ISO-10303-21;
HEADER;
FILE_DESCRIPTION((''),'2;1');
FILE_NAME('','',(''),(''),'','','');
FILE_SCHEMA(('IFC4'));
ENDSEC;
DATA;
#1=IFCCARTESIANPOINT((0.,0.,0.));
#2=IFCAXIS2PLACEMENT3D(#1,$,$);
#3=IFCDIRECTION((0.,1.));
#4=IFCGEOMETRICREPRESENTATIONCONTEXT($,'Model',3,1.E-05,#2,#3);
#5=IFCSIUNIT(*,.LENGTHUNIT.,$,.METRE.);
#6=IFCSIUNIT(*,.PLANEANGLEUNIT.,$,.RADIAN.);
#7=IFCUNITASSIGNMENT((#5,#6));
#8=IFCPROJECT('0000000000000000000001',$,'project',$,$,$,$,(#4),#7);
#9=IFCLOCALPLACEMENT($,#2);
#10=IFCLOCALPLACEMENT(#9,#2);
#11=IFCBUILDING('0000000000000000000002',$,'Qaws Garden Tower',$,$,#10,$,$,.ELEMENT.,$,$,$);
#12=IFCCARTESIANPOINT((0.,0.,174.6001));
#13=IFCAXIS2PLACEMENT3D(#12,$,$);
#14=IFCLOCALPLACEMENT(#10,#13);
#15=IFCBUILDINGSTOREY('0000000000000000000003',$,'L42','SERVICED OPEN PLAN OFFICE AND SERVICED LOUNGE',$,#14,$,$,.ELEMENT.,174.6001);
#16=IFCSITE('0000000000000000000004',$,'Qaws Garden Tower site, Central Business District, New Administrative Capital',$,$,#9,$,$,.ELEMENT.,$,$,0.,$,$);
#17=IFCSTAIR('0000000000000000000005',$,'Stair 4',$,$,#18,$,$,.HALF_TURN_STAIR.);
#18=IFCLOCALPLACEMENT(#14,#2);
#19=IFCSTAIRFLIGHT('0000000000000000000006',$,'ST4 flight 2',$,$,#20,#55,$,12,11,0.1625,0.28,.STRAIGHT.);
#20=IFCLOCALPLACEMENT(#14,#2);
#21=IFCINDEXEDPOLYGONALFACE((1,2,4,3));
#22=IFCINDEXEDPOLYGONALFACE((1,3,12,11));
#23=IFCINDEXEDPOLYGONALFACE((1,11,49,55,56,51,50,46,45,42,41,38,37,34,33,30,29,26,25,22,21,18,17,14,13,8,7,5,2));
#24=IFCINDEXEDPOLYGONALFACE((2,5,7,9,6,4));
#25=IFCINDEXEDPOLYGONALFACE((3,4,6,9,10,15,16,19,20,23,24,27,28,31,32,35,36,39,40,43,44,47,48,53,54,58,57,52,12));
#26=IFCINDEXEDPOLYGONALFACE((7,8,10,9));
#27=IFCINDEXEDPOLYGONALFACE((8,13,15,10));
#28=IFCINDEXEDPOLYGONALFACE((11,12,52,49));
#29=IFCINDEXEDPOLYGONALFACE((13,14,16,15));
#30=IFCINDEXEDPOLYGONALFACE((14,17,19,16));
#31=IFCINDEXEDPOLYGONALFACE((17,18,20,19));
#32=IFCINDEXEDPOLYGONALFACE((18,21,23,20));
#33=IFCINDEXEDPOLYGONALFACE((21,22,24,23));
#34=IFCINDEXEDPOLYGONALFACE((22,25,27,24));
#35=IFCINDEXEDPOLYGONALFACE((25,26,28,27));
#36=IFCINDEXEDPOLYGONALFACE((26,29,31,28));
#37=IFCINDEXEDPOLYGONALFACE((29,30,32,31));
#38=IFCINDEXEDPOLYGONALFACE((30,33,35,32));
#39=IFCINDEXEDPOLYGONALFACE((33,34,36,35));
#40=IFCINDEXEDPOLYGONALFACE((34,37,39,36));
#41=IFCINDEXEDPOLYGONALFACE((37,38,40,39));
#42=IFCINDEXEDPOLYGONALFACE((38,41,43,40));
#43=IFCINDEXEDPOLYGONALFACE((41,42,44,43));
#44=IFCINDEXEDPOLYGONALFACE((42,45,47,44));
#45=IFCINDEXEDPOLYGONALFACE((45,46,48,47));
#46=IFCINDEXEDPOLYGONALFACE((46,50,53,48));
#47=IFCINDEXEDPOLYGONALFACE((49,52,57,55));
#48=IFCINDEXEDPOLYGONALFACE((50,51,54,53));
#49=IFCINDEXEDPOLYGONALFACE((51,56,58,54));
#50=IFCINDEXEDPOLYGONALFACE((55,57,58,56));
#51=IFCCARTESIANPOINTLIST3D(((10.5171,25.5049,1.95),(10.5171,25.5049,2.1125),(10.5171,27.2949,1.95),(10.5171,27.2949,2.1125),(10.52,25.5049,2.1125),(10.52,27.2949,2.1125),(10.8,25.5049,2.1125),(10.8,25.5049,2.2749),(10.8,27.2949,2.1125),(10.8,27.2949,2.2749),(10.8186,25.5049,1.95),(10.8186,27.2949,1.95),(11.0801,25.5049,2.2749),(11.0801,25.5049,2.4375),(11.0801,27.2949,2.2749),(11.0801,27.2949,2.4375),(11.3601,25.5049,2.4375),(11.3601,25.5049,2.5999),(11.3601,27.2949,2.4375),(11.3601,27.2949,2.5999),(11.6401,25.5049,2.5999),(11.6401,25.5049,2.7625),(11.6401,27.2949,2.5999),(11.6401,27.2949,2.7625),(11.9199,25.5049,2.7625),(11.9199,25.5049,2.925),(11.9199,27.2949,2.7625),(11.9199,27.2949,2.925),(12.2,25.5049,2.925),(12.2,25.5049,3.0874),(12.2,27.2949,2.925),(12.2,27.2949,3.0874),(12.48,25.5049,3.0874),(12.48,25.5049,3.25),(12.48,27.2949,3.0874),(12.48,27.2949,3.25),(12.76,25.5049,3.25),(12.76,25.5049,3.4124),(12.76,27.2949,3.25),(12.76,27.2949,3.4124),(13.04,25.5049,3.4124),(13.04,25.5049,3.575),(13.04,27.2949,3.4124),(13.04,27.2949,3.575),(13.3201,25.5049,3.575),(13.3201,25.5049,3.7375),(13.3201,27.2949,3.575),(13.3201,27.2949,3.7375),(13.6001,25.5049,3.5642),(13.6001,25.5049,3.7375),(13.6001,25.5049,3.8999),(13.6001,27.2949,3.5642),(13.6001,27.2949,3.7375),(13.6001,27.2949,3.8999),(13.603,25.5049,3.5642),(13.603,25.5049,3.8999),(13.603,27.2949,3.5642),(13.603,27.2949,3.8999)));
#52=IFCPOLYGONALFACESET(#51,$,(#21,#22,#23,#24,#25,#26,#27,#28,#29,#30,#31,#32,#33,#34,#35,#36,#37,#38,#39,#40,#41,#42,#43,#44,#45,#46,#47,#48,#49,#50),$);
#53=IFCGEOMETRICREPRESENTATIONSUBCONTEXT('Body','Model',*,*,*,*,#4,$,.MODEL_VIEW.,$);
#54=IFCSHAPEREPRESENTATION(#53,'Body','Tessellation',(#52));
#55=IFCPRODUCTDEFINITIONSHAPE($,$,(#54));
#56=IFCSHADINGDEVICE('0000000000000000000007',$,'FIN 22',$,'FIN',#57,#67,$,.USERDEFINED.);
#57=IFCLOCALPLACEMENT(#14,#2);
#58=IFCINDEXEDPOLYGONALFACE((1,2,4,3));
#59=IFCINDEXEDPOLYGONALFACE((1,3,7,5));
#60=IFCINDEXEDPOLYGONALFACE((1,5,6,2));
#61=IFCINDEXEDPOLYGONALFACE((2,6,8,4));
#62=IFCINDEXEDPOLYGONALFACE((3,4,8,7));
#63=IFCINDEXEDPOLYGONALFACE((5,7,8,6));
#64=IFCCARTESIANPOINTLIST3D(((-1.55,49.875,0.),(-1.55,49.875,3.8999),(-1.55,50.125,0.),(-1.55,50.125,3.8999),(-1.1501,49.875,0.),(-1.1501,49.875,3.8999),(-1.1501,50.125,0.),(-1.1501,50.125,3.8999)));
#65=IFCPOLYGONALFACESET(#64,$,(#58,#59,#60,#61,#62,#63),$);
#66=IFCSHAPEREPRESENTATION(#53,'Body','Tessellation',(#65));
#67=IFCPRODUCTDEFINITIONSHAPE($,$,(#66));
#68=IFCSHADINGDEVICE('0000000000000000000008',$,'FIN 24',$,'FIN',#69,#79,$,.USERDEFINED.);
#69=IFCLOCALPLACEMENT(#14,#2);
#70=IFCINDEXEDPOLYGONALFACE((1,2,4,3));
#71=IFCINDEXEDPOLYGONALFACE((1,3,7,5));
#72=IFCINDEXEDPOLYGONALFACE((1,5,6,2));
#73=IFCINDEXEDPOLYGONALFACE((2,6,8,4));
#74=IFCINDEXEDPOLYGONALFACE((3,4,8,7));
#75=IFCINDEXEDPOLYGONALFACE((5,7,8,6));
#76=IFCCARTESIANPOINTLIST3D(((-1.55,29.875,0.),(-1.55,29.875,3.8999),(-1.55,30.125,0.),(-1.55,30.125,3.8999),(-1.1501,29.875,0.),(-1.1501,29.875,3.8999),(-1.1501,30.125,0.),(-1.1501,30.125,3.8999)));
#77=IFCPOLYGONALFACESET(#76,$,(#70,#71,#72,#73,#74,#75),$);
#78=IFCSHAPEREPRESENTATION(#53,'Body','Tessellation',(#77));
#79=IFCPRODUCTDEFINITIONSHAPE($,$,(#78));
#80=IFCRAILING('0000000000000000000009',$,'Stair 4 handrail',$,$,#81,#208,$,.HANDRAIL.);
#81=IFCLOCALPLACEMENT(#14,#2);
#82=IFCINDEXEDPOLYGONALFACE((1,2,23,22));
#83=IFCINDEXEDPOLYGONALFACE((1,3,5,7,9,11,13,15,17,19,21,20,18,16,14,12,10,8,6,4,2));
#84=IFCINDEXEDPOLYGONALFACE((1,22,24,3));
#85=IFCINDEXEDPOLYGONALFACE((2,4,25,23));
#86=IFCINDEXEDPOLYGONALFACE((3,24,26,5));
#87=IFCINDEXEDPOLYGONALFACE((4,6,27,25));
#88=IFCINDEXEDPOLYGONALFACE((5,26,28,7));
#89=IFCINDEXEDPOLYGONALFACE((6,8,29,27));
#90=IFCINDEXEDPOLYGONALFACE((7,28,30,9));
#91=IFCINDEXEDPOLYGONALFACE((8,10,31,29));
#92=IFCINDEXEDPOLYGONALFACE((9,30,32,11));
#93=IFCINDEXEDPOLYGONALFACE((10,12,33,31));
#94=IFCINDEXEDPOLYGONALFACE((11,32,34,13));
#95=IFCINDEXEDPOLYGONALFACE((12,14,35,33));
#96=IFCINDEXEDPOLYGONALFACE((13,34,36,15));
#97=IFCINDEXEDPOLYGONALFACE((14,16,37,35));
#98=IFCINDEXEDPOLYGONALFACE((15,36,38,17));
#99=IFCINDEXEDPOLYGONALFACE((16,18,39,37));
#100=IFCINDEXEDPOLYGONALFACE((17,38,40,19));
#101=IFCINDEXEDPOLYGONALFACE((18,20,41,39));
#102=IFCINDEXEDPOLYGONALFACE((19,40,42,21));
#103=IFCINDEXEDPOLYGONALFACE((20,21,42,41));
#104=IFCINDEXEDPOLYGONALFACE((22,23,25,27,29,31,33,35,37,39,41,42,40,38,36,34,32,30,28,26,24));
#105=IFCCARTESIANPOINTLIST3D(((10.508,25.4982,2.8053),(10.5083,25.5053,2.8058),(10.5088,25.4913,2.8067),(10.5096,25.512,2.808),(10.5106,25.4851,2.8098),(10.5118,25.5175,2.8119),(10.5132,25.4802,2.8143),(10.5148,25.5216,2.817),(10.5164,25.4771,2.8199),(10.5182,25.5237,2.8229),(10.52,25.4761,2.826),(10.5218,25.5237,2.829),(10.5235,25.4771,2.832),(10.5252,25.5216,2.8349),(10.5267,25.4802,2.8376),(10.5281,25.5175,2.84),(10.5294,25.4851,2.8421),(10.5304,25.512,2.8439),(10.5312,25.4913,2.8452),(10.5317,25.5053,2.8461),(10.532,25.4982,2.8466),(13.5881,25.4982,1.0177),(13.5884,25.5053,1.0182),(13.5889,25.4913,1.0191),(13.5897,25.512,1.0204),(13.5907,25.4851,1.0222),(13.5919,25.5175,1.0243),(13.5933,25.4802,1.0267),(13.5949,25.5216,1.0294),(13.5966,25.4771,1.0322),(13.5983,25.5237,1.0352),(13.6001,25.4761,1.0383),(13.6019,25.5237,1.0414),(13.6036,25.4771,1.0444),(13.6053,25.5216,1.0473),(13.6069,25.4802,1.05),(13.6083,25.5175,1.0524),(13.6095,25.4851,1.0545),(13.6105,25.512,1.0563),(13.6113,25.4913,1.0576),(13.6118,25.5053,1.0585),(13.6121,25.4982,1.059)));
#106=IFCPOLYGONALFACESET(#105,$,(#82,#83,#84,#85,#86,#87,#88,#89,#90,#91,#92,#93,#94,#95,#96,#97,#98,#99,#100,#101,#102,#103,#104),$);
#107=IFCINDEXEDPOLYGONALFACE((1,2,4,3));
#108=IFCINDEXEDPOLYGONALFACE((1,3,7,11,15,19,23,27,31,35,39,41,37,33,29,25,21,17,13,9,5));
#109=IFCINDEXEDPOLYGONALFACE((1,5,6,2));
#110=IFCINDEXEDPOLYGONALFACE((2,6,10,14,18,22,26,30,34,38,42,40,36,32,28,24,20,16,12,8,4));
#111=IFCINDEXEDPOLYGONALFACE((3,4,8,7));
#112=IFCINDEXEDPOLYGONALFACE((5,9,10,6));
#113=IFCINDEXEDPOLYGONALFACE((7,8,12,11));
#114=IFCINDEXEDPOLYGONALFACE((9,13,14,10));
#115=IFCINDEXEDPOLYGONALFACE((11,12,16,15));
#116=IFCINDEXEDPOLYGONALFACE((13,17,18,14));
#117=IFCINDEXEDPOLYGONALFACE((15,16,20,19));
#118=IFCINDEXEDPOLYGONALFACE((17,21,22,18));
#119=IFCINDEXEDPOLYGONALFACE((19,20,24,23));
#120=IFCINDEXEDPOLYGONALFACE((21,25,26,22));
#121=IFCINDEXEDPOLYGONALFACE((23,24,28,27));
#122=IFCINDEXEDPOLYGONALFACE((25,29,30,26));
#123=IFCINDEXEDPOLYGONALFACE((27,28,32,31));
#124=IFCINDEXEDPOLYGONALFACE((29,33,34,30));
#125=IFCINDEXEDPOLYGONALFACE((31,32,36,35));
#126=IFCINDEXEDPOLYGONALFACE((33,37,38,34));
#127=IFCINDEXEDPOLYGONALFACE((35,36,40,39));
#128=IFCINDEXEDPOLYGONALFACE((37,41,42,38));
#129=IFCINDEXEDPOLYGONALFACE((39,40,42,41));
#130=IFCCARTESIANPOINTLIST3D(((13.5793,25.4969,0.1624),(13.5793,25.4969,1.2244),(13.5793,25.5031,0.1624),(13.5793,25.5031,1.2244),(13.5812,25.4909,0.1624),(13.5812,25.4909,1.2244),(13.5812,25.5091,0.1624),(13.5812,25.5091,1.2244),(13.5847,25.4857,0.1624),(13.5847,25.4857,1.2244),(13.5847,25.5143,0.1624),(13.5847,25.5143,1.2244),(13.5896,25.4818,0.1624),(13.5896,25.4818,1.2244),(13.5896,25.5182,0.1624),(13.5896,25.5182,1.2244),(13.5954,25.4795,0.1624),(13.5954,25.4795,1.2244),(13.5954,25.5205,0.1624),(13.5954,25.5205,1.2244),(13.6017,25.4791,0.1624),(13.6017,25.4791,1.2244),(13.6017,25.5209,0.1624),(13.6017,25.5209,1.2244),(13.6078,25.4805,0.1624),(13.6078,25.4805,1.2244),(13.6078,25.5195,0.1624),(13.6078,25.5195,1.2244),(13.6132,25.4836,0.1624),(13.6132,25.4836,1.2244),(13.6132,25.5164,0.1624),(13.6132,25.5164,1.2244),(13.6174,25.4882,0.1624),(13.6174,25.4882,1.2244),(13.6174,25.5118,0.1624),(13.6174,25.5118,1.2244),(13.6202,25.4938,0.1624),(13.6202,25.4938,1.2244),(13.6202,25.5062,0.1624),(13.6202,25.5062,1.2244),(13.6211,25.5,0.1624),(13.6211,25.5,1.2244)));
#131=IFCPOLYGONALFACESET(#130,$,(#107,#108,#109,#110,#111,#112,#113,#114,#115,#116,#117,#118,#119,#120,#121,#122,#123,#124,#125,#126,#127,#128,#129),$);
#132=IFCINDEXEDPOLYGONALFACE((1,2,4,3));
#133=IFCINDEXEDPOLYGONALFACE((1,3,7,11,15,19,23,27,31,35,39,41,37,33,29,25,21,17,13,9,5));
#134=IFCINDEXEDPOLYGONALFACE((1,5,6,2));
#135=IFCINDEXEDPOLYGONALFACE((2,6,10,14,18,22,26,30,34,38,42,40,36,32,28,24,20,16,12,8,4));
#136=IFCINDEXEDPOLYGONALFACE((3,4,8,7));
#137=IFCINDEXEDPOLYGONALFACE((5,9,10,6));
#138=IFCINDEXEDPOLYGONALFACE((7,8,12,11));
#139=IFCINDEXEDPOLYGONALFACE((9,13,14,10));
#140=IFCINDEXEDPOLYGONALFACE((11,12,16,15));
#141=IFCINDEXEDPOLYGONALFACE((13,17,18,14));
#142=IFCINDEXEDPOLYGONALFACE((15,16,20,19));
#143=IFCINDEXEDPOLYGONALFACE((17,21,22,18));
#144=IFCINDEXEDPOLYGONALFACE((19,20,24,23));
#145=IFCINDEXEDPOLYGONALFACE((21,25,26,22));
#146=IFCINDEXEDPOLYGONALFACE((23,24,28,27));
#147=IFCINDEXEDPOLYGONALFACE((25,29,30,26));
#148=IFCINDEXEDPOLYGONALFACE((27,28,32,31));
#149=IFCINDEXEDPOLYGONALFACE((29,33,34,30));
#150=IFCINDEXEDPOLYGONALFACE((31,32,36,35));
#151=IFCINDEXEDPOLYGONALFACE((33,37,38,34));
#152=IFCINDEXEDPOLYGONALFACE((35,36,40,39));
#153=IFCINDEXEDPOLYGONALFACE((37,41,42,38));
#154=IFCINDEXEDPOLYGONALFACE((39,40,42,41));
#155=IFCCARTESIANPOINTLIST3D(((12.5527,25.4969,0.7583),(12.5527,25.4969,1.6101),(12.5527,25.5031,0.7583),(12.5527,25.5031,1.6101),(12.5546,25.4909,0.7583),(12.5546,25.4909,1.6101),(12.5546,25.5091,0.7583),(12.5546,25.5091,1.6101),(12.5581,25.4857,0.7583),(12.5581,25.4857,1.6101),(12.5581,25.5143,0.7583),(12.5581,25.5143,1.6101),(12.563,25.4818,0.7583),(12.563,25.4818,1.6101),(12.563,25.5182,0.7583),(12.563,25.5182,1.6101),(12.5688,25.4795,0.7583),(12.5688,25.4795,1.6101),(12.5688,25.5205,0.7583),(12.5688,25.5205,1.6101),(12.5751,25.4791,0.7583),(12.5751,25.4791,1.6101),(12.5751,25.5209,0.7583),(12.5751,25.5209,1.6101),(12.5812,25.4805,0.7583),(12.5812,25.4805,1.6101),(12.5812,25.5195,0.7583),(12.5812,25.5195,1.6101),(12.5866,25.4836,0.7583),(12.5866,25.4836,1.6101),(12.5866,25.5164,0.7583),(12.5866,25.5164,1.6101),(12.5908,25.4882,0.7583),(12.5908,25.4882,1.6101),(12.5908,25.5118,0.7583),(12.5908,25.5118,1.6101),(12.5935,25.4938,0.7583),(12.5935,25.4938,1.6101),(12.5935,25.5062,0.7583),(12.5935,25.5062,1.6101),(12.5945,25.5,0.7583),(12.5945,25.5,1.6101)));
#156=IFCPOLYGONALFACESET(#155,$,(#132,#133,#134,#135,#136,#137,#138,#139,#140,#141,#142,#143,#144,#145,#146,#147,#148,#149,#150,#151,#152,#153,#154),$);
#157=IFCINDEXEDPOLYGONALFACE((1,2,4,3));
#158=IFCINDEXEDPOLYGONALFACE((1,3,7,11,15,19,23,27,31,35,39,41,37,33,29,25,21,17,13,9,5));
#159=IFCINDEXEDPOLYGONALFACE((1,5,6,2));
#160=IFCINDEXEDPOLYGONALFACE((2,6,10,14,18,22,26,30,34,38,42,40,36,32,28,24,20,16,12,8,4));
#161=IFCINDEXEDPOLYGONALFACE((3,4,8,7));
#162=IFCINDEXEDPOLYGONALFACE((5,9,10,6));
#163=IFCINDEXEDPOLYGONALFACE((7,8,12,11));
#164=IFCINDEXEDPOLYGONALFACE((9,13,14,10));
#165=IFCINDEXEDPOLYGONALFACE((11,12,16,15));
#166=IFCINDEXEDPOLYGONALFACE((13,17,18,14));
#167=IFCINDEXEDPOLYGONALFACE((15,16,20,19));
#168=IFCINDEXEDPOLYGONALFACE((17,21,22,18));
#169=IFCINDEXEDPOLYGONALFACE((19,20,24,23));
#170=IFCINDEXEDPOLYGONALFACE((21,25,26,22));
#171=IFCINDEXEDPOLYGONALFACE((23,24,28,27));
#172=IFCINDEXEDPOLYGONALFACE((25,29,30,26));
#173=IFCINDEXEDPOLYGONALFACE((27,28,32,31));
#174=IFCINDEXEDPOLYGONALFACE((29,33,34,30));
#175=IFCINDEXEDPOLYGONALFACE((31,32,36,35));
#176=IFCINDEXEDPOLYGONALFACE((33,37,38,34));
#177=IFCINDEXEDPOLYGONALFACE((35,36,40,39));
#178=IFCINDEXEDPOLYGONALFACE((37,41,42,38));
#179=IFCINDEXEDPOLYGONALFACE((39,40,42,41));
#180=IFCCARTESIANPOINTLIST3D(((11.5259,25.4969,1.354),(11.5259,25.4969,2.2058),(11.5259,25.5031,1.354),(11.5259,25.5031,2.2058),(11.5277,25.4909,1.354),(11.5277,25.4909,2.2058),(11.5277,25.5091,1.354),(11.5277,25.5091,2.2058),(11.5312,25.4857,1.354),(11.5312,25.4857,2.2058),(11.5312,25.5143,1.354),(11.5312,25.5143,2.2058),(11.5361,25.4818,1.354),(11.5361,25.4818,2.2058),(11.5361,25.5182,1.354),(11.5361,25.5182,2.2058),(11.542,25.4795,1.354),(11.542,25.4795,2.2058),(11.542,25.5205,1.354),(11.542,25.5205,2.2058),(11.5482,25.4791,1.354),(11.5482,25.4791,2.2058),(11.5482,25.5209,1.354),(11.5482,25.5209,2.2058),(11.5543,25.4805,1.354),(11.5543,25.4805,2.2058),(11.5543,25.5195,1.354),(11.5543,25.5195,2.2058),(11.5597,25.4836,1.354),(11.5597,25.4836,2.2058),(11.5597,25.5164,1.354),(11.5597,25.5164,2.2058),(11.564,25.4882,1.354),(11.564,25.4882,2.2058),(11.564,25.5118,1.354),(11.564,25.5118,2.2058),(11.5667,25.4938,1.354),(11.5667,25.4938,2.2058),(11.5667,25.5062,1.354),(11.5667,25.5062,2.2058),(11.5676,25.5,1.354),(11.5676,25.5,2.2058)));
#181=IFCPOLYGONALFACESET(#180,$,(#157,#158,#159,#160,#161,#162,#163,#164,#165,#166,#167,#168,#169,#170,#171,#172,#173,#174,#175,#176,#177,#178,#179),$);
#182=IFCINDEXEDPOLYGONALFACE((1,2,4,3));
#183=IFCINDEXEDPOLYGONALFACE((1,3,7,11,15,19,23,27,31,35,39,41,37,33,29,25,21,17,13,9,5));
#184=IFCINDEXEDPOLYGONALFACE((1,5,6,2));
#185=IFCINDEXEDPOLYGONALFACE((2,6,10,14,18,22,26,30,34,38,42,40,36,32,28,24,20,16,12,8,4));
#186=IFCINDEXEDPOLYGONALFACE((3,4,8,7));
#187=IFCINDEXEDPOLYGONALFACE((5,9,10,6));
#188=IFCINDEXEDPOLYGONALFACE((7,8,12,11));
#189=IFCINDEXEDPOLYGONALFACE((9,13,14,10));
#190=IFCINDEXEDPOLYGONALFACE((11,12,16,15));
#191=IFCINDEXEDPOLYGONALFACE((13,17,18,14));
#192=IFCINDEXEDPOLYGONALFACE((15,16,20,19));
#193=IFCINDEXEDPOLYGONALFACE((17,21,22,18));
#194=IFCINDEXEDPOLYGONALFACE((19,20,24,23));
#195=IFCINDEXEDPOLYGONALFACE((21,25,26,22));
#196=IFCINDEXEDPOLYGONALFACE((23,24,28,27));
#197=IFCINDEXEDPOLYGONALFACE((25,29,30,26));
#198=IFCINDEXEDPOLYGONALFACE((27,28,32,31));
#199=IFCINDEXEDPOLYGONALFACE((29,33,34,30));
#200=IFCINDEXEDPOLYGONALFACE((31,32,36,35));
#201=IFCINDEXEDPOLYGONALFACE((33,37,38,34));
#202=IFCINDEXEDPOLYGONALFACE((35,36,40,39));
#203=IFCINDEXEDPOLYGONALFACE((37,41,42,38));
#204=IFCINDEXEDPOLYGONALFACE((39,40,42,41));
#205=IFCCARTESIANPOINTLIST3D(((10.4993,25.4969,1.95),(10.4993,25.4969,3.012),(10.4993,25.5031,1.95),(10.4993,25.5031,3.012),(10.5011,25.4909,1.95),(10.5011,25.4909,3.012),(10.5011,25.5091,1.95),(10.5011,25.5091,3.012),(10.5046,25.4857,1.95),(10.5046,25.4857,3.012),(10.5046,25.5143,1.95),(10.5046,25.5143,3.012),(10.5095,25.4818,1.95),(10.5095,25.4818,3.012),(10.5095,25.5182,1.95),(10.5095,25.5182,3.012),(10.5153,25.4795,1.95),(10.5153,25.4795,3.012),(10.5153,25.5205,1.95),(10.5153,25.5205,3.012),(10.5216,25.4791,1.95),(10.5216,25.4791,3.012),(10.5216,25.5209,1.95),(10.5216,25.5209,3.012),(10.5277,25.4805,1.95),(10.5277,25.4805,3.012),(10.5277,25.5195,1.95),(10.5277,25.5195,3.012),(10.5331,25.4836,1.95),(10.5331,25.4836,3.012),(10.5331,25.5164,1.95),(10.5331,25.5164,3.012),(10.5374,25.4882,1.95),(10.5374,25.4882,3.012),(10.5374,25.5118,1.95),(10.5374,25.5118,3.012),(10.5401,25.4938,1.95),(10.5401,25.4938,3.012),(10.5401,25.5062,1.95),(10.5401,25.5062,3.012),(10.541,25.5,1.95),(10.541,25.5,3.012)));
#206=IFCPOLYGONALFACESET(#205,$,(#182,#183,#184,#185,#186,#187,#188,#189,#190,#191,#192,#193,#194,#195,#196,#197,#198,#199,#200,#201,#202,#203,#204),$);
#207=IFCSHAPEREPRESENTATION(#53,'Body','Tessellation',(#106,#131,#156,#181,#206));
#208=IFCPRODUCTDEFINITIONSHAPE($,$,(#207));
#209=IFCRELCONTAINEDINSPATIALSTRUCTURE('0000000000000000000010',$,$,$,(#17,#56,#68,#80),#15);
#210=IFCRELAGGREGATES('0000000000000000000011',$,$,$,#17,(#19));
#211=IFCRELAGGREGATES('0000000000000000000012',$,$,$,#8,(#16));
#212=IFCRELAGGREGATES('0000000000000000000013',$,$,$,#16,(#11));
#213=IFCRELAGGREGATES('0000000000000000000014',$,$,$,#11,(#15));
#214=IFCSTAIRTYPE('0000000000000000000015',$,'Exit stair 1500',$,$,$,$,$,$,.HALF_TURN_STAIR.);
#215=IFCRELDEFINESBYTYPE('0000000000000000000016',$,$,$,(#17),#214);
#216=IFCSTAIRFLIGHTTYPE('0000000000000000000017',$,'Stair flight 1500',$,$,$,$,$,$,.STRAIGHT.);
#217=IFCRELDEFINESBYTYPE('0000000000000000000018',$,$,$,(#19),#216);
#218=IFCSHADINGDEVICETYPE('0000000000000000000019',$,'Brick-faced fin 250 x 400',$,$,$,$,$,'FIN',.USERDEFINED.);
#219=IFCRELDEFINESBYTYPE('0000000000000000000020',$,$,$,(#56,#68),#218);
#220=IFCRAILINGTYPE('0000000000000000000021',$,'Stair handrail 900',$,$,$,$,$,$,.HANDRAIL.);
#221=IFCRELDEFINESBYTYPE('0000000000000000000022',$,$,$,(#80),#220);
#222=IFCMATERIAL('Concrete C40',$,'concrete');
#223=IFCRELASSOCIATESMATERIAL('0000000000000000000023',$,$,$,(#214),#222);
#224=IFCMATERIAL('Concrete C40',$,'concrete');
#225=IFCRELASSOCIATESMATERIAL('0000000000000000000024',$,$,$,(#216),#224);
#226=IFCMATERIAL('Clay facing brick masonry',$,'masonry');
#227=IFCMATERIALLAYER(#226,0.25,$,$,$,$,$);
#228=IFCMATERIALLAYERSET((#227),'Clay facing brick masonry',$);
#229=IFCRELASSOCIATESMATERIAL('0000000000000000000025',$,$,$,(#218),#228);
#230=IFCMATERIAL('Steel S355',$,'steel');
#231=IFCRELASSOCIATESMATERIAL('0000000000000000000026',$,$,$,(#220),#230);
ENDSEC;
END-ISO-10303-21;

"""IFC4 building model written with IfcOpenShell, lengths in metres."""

from ifc_helpers import new_model, si_unit, direction, frame, origin, origin_2d, place, context, subcontext, project, spatial, polyline, rectangle, circle, outline, extrude, material, layer, layer_set, type_object, element, aggregate, save


model = new_model("IFC4")

# Units and contexts
model_context = context("Model", 3, precision=1e-05, world=origin(), true_north=direction((0.0, 1.0)))
body_context = subcontext(model_context, "Body", "Model", "MODEL_VIEW")
ifc_project = project(units=[si_unit("LENGTHUNIT", "METRE"), si_unit("PLANEANGLEUNIT", "RADIAN")], contexts=[model_context])

# Site, building, storey
site_placement = place(None, origin())
site = spatial("IfcSite", under=ifc_project, at=site_placement, Name="Qaws Garden Tower site, Central Business District, New Administrative Capital", CompositionType="ELEMENT", RefElevation=0.0)
building_placement = place(site_placement, origin())
building = spatial("IfcBuilding", under=site, at=building_placement, Name="Qaws Garden Tower", CompositionType="ELEMENT")
storey_placement = place(building_placement, frame((0.0, 0.0, 174.6001)))
storey = spatial("IfcBuildingStorey", under=building, at=storey_placement, Name="L42", Description="SERVICED OPEN PLAN OFFICE AND SERVICED LOUNGE", CompositionType="ELEMENT", Elevation=174.6001)

# Stair, stair flight
ifc_material_1 = material(Name="Concrete C40", Category="concrete")
stair_type = type_object("IfcStairType", Name="Exit stair 1500", PredefinedType="HALF_TURN_STAIR", material=ifc_material_1)
stair_placement = place(storey_placement, origin())
stair = element("IfcStair", 1, at=stair_placement, inside=storey, type_object=stair_type, Name="Stair 4", PredefinedType="HALF_TURN_STAIR")
ifc_material_2 = material(Name="Concrete C40", Category="concrete")
stair_flight_type = type_object("IfcStairFlightType", Name="Stair flight 1500", PredefinedType="STRAIGHT", material=ifc_material_2)
stair_flight_placement = place(storey_placement, frame((10.52, 26.3999, 1.95), z_axis=(0.0, 0.0, 1.0), x_axis=(1.0, 0.0, 0.0)))
stair_flight = element("IfcStairFlight", 2, at=stair_flight_placement, type_object=stair_flight_type, Name="ST4 flight 2", NumberOfRisers=12, NumberOfTreads=11, PredefinedType="STRAIGHT", RiserHeight=0.1625, TreadLength=0.28, context=body_context, shape_type="SweptSolid", body=[
    extrude(outline(polyline([(-0.0029, 0.0), (-0.0029, 0.1626), (0.0, 0.1626), (0.28, 0.1626), (0.28, 0.325), (0.5601, 0.325), (0.5601, 0.4875), (0.8401, 0.4875), (0.8401, 0.6499), (1.1201, 0.6499), (1.1201, 0.8125), (1.3999, 0.8125), (1.3999, 0.9751), (1.6799, 0.9751), (1.6799, 1.1375), (1.96, 1.1375), (1.96, 1.3), (2.24, 1.3), (2.24, 1.4624), (2.52, 1.4624), (2.52, 1.625), (2.8, 1.625), (2.8, 1.7876), (3.0801, 1.7876), (3.0801, 1.95), (3.083, 1.95), (3.083, 1.6143), (3.0801, 1.6143), (0.2986, 0.0), (-0.0029, 0.0)])), frame((0.0, 0.895, 0.0), z_axis=(0.0, -1.0, 0.0), x_axis=(1.0, 0.0, 0.0)), (0.0, 0.0, 1.0), 1.79),
])
aggregate(stair, [stair_flight])

# Shading devices
ifc_material_3 = material(Name="Clay facing brick masonry", Category="masonry")
ifc_layer_1 = layer(ifc_material_3, 0.25)
ifc_layer_set_1 = layer_set([ifc_layer_1], Name="Clay facing brick masonry")
shading_device_type = type_object("IfcShadingDeviceType", Name="Brick-faced fin 250 x 400", ElementType="FIN", PredefinedType="USERDEFINED", material=ifc_layer_set_1)
for number, where, z_axis, x_axis, name in (
    (3, (-1.3501, 50.0, 0.0), (0.0, 0.0, 1.0), (0.0, -1.0, 0.0), "FIN 22"),
    (4, (-1.3501, 30.0, 0.0), (0.0, 0.0, 1.0), (0.0, -1.0, 0.0), "FIN 24"),
):
    element("IfcShadingDevice", number, at=place(storey_placement, frame(where, z_axis=z_axis, x_axis=x_axis)), inside=storey, type_object=shading_device_type, Name=name, ObjectType="FIN", PredefinedType="USERDEFINED", context=body_context, shape_type="SweptSolid", body=[
        extrude(rectangle(XDim=0.25, YDim=0.3999, at=origin_2d()), origin(), (0.0, 0.0, 1.0), 3.8999),
    ])

# Railing
ifc_material_4 = material(Name="Steel S355", Category="steel")
railing_type = type_object("IfcRailingType", Name="Stair handrail 900", PredefinedType="HANDRAIL", material=ifc_material_4)
railing_1_placement = place(storey_placement, frame((13.6001, 25.5, 0.1624)))
element("IfcRailing", 5, at=railing_1_placement, inside=storey, type_object=railing_type, Name="Stair 4 handrail", PredefinedType="HANDRAIL", context=body_context, shape_type="SweptSolid", body=[
    extrude(circle(Radius=0.0239, at=origin_2d()), frame((0.0, 0.0, 0.876), z_axis=(-0.864891, 0.0, 0.50196), x_axis=(0.0, -1.0, 0.0)), (0.0, 0.0, 1.0), 3.5613),
    extrude(circle(Radius=0.021, at=origin_2d()), origin(), (0.0, 0.0, 1.0), 1.062),
    extrude(circle(Radius=0.021, at=origin_2d()), frame((-1.0266, 0.0, 0.5959)), (0.0, 0.0, 1.0), 0.8518),
    extrude(circle(Radius=0.021, at=origin_2d()), frame((-2.0535, 0.0, 1.1917)), (0.0, 0.0, 1.0), 0.8518),
    extrude(circle(Radius=0.021, at=origin_2d()), frame((-3.0801, 0.0, 1.7876)), (0.0, 0.0, 1.0), 1.062),
])

save(model, "model.ifc")
